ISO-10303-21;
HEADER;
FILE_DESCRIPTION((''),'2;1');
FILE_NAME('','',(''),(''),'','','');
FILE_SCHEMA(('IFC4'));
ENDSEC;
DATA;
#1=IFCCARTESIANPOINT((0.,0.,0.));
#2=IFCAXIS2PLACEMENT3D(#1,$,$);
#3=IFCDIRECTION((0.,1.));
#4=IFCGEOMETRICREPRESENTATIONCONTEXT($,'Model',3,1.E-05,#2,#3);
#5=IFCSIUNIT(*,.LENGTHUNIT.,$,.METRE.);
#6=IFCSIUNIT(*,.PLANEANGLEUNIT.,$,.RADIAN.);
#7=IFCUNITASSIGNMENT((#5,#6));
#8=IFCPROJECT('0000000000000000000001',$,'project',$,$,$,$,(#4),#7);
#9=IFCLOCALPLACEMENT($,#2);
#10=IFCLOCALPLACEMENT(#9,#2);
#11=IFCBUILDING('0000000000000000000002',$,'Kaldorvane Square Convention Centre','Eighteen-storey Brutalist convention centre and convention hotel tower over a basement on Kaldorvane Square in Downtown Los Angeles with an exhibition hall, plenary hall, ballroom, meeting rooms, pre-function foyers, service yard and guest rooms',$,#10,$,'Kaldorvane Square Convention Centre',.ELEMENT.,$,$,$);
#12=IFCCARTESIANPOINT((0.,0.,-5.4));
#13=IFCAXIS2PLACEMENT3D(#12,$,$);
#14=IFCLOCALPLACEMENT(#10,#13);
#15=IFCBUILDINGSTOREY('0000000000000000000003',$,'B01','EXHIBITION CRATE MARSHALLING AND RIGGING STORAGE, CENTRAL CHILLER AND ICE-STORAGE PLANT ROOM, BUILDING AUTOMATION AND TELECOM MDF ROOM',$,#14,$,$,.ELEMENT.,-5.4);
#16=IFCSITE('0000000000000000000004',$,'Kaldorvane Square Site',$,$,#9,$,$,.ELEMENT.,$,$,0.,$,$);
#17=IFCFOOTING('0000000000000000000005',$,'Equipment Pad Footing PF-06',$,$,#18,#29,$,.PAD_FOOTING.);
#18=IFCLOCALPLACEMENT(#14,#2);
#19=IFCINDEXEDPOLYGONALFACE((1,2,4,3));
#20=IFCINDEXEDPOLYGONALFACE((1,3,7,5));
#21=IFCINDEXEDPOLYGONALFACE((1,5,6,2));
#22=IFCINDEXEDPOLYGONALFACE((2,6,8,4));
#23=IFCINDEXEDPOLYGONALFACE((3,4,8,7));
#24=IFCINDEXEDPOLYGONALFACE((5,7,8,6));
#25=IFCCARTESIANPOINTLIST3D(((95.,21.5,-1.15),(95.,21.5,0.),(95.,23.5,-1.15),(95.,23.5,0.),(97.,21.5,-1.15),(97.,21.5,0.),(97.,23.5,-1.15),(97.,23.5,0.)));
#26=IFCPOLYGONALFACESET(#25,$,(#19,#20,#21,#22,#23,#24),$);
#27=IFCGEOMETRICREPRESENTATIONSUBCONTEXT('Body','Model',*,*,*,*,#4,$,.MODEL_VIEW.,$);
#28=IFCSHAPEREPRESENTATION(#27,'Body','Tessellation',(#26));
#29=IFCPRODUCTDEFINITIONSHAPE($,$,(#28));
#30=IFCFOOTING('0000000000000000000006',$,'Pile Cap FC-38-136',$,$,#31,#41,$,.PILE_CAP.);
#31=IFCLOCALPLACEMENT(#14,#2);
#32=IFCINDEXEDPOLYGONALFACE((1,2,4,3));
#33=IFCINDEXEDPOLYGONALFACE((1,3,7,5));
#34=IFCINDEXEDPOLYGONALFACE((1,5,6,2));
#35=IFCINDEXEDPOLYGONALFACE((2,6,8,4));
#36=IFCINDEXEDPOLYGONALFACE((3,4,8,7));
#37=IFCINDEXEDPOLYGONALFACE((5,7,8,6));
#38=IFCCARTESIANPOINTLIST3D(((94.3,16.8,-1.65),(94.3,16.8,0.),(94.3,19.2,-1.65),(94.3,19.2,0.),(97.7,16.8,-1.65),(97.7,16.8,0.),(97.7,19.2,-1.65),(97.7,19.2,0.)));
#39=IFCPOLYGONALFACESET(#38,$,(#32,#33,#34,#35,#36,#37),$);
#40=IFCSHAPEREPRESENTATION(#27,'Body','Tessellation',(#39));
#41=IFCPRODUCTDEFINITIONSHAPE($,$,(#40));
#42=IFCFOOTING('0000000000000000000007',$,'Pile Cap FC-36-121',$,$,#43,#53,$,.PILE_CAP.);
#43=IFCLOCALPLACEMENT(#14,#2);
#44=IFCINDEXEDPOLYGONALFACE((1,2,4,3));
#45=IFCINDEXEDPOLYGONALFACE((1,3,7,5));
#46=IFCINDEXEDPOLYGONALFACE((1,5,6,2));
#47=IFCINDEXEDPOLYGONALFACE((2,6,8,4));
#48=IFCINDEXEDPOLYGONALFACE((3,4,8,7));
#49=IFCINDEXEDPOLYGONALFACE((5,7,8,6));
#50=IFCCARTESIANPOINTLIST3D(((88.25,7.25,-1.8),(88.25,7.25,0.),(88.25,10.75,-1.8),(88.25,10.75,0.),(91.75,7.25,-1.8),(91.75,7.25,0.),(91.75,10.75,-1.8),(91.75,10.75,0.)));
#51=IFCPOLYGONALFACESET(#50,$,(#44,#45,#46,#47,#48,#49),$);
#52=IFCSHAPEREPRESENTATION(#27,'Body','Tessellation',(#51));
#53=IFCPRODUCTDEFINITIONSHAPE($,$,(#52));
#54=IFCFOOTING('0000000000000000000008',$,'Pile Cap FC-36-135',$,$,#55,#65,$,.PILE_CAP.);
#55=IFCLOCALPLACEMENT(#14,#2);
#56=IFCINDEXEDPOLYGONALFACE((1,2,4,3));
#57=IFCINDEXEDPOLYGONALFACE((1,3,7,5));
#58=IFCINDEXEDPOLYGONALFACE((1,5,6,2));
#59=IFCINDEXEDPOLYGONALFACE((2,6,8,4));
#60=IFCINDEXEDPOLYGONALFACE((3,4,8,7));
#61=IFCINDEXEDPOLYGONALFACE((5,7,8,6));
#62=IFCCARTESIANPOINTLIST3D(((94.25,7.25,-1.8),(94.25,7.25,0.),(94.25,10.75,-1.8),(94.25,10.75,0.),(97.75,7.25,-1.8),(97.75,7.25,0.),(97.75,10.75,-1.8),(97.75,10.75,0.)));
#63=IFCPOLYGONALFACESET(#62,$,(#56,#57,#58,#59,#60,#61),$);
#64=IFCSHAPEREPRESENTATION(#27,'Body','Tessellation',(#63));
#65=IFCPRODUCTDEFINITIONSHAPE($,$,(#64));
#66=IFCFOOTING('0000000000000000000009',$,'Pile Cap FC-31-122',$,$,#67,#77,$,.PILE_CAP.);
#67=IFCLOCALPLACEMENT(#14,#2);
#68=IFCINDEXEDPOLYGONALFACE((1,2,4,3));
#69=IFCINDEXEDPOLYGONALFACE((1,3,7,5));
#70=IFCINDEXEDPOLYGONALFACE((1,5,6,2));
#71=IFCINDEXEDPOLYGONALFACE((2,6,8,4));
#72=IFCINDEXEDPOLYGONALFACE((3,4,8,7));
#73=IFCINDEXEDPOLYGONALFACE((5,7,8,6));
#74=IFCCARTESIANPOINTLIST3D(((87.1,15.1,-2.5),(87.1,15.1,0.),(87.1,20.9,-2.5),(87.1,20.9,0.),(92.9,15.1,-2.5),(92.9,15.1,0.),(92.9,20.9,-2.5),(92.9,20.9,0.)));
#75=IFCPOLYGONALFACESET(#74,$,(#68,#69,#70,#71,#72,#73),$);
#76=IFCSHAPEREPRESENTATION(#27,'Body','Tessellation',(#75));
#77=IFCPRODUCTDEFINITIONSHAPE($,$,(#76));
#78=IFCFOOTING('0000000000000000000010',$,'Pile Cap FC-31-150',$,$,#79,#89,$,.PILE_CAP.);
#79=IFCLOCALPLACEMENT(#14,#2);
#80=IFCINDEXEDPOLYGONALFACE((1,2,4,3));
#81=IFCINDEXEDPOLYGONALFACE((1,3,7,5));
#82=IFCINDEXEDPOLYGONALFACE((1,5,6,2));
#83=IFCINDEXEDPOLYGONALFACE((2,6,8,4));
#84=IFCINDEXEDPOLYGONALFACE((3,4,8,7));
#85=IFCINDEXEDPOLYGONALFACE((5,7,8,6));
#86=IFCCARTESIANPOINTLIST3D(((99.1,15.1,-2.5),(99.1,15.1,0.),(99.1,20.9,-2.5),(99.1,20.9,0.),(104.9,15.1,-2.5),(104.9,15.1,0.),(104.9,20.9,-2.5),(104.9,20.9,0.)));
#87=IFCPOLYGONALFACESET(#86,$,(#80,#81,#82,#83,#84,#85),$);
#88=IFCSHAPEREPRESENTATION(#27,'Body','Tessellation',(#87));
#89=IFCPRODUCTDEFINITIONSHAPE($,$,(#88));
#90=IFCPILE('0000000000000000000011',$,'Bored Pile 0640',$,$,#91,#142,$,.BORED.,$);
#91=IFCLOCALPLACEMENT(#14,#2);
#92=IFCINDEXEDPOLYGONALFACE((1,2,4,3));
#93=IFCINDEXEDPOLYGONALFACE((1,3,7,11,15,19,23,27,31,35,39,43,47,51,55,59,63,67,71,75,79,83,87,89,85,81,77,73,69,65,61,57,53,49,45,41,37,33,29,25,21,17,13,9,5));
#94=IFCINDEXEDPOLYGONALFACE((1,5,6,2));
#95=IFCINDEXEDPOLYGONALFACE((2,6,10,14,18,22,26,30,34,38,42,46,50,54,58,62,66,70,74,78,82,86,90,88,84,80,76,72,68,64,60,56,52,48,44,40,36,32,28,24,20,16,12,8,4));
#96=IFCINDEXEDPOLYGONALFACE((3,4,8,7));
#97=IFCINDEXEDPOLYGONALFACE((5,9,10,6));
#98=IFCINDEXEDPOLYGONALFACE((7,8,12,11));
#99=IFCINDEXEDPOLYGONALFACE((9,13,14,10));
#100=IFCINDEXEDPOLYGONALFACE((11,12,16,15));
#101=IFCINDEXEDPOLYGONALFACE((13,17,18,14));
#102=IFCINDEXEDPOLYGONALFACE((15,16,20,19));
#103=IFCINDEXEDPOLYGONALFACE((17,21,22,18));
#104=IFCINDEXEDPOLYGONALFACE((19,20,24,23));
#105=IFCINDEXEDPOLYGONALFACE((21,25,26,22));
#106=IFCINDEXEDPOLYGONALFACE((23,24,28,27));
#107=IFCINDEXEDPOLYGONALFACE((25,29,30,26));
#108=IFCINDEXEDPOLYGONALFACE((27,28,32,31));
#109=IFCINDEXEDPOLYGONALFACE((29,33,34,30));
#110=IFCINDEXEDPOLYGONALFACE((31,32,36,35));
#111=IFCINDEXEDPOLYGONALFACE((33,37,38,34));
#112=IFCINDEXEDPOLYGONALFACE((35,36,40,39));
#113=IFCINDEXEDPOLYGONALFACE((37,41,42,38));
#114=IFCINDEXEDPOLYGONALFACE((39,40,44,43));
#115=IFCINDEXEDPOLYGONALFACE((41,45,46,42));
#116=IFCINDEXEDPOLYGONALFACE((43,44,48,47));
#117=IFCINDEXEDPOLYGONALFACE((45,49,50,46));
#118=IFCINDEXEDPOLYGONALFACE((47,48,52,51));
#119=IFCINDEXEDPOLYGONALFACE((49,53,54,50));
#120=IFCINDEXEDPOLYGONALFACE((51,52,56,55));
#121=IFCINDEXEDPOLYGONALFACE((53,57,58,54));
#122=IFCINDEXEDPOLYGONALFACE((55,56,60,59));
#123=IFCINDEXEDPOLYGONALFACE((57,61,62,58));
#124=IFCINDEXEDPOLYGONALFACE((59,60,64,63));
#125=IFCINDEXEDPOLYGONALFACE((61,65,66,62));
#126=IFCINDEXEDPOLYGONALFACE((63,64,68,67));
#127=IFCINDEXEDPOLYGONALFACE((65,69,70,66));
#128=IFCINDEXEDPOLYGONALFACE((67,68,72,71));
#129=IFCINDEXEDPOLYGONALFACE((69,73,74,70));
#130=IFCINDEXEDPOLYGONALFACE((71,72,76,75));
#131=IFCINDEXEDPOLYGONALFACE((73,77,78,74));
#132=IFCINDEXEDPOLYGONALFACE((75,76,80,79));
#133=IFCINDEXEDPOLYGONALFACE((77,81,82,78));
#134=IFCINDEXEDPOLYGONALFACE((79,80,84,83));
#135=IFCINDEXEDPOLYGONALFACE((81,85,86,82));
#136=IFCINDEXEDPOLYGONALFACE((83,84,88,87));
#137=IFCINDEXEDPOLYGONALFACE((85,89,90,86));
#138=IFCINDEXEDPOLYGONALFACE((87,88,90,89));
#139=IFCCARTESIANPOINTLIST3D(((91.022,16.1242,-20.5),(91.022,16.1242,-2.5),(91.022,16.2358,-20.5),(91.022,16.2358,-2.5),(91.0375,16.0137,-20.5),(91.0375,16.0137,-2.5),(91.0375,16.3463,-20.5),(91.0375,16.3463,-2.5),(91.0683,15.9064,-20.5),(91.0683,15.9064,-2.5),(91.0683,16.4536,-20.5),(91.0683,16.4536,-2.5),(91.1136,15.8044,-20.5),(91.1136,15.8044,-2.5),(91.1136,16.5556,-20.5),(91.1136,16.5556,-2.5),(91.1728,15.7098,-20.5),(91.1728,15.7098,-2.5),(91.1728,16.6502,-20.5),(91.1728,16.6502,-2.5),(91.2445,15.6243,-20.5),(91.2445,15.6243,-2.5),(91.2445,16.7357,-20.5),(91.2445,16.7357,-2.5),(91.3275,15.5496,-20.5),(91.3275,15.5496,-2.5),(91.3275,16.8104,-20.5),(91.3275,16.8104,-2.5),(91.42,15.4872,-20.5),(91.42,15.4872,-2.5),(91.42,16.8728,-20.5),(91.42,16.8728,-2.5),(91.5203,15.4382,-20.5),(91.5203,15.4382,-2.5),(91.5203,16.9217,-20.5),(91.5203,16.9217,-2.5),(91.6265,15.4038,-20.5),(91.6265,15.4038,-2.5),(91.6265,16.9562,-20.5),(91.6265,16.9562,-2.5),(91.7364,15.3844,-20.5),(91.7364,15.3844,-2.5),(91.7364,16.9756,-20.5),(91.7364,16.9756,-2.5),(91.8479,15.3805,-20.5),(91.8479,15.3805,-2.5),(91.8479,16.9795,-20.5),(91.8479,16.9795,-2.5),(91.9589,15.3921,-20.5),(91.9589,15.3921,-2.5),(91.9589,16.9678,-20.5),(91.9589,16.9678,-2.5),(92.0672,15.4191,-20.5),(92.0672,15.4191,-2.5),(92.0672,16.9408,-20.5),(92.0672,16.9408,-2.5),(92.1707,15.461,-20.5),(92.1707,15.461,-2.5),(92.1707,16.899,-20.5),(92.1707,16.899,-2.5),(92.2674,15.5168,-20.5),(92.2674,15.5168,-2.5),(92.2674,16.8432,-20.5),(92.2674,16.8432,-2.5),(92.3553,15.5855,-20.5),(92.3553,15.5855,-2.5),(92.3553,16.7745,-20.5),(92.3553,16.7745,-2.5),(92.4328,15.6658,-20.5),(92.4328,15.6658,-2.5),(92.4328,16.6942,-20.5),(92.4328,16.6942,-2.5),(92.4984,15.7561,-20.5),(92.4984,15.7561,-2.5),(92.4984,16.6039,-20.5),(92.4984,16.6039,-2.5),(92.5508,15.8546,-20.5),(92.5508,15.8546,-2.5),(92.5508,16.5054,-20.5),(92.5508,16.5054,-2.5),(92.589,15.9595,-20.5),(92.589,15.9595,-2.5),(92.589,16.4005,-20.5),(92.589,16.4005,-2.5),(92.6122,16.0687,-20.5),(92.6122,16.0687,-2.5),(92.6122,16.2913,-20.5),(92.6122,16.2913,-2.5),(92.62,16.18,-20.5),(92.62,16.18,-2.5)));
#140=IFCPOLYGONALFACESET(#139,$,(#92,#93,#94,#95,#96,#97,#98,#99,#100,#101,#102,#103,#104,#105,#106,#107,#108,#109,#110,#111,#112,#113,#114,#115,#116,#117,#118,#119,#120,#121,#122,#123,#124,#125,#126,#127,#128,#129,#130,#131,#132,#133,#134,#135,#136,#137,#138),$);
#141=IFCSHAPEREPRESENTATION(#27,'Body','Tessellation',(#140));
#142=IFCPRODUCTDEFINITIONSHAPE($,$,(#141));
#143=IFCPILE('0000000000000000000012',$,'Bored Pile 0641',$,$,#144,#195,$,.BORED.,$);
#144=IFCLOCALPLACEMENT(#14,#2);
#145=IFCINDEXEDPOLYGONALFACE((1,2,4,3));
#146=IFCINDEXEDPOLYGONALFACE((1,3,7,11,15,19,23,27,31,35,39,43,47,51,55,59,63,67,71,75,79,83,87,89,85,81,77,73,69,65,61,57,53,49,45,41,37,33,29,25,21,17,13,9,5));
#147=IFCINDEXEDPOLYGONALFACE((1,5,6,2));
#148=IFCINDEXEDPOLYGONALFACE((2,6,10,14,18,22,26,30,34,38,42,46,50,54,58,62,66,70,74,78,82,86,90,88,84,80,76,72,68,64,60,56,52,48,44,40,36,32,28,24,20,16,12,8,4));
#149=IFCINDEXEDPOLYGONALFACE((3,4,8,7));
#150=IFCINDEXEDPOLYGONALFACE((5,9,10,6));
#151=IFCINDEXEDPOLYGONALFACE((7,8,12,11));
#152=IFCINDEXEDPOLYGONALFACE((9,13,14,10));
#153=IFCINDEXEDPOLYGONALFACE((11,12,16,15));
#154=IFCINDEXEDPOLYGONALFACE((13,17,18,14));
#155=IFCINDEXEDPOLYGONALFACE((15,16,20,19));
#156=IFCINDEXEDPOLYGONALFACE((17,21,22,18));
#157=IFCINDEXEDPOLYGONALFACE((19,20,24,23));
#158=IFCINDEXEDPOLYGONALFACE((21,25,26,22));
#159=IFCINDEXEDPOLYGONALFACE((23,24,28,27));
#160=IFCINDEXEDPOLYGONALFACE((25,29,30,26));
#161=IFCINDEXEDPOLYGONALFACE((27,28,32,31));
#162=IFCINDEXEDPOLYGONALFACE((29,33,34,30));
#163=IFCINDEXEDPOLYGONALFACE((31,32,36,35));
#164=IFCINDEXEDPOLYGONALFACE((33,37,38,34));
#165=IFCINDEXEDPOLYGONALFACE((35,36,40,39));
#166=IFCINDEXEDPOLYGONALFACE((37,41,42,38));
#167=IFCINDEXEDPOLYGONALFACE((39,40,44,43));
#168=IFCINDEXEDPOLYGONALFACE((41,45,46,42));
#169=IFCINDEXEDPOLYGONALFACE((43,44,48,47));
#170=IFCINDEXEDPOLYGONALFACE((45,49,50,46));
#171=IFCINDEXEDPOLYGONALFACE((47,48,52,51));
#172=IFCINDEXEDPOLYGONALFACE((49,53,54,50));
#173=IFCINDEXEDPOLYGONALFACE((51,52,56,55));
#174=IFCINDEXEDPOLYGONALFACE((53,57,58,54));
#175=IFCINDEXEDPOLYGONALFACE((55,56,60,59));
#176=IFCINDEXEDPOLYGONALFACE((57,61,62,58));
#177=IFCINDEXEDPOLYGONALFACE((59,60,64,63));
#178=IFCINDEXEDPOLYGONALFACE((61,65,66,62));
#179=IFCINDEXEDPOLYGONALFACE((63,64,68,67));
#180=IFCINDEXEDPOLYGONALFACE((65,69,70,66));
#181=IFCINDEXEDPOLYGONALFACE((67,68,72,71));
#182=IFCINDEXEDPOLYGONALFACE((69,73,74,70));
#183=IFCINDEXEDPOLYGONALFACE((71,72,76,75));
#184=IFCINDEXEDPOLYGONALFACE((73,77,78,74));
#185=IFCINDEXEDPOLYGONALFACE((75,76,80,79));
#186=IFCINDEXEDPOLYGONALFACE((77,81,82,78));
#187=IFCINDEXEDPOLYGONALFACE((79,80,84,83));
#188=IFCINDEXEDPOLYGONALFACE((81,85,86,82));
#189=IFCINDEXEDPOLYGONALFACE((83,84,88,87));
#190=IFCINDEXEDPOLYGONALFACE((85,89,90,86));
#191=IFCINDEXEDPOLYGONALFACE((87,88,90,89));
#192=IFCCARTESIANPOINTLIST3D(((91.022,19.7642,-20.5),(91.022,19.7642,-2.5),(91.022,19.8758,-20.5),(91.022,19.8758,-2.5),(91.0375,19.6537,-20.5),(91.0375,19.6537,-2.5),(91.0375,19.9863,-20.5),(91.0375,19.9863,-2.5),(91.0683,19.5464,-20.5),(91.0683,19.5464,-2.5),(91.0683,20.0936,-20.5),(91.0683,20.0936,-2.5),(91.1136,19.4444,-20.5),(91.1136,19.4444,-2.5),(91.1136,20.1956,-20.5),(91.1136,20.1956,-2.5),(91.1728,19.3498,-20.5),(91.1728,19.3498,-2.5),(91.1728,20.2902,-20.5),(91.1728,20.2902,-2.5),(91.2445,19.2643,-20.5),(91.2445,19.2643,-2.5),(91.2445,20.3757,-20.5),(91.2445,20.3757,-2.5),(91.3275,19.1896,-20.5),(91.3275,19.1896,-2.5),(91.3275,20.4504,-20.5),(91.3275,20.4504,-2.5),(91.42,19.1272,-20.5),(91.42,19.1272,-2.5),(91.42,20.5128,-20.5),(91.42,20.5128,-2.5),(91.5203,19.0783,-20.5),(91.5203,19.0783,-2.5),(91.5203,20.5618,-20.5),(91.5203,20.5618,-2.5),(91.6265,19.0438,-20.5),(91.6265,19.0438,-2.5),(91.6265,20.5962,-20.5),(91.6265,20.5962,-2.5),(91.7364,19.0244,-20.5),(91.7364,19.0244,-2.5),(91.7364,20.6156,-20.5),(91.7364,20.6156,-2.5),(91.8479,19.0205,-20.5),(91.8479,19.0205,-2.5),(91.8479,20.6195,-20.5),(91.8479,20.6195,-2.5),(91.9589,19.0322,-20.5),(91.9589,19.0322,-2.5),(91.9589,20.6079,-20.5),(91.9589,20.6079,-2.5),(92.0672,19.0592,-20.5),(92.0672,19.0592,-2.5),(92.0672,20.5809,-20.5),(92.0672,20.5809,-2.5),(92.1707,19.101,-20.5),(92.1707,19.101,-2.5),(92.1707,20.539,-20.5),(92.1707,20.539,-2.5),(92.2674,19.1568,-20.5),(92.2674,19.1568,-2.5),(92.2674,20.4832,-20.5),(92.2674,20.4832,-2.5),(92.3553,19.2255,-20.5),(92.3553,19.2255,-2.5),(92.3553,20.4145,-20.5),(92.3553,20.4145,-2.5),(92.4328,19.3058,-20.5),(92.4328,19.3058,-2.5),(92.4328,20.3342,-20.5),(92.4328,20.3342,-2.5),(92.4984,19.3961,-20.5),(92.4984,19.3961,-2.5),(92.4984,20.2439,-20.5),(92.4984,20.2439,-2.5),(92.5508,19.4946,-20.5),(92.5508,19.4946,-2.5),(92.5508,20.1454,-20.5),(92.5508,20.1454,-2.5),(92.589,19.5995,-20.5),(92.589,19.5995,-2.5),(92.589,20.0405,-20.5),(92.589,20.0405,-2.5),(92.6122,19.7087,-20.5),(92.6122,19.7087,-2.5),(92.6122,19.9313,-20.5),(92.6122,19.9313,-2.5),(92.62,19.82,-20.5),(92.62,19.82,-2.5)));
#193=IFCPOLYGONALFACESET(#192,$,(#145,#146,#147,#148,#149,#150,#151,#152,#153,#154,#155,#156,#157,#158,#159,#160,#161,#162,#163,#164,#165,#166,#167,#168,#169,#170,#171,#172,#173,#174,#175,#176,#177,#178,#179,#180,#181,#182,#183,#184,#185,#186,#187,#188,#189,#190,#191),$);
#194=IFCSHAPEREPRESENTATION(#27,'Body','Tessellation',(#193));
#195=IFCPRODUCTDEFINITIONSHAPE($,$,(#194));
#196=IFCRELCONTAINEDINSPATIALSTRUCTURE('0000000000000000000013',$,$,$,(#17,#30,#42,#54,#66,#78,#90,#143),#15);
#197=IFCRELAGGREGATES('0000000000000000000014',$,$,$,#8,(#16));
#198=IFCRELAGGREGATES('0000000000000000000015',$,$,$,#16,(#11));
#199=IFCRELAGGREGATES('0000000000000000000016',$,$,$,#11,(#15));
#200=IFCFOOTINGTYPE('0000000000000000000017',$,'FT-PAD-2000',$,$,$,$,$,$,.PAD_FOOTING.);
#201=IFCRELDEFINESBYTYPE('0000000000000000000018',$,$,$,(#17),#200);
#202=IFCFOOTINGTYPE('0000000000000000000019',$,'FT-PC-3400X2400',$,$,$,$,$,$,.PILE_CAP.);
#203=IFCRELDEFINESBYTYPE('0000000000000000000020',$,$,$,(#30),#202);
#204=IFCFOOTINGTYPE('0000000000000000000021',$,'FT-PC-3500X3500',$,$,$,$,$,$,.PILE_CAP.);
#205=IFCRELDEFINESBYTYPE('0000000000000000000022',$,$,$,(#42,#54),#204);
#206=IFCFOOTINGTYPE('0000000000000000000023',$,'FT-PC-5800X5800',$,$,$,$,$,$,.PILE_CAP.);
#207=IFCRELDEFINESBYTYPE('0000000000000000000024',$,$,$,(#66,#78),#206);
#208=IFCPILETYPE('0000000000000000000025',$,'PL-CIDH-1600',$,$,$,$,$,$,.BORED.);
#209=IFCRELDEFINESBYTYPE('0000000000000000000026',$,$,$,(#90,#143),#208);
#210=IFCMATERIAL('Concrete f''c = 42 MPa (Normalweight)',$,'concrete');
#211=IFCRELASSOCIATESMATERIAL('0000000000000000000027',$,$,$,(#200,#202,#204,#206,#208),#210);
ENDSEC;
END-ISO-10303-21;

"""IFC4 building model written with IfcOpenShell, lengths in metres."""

from ifc_helpers import new_model, si_unit, direction, frame, origin, origin_2d, place, context, subcontext, project, spatial, rectangle, circle, extrude, material, material_profile, profile_set, type_object, element, save


model = new_model("IFC4")

# Units and contexts
model_context = context("Model", 3, precision=1e-05, world=origin(), true_north=direction((0.0, 1.0)))
body_context = subcontext(model_context, "Body", "Model", "MODEL_VIEW")
ifc_project = project(units=[si_unit("LENGTHUNIT", "METRE"), si_unit("PLANEANGLEUNIT", "RADIAN")], contexts=[model_context])

# Site, building, storey
site_placement = place(None, origin())
site = spatial("IfcSite", under=ifc_project, at=site_placement, Name="Kaldorvane Square Site", CompositionType="ELEMENT", RefElevation=0.0)
building_placement = place(site_placement, origin())
building = spatial("IfcBuilding", under=site, at=building_placement, Name="Kaldorvane Square Convention Centre", Description="Eighteen-storey Brutalist convention centre and convention hotel tower over a basement on Kaldorvane Square in Downtown Los Angeles with an exhibition hall, plenary hall, ballroom, meeting rooms, pre-function foyers, service yard and guest rooms", LongName="Kaldorvane Square Convention Centre", CompositionType="ELEMENT")
storey_placement = place(building_placement, frame((0.0, 0.0, -5.4)))
storey = spatial("IfcBuildingStorey", under=building, at=storey_placement, Name="B01", Description="EXHIBITION CRATE MARSHALLING AND RIGGING STORAGE, CENTRAL CHILLER AND ICE-STORAGE PLANT ROOM, BUILDING AUTOMATION AND TELECOM MDF ROOM", CompositionType="ELEMENT", Elevation=-5.4)

# Footings
ifc_material_1 = material(Name="Concrete f'c = 42 MPa (Normalweight)", Category="concrete")
footing_type_1 = type_object("IfcFootingType", Name="FT-PAD-2000", PredefinedType="PAD_FOOTING", material=ifc_material_1)
footing_1_placement = place(storey_placement, frame((96.0, 22.5, -1.15), z_axis=(0.0, 0.0, 1.0), x_axis=(1.0, 0.0, 0.0)))
element("IfcFooting", 1, at=footing_1_placement, inside=storey, type_object=footing_type_1, Name="Equipment Pad Footing PF-06", PredefinedType="PAD_FOOTING", context=body_context, shape_type="SweptSolid", body=[
    extrude(rectangle(XDim=2.0, YDim=2.0, at=origin_2d()), origin(), (0.0, 0.0, 1.0), 1.15),
])
footing_type_2 = type_object("IfcFootingType", Name="FT-PC-3400X2400", PredefinedType="PILE_CAP", material=ifc_material_1)
footing_2_placement = place(storey_placement, frame((96.0, 18.0, -1.65), z_axis=(0.0, 0.0, 1.0), x_axis=(1.0, 0.0, 0.0)))
element("IfcFooting", 2, at=footing_2_placement, inside=storey, type_object=footing_type_2, Name="Pile Cap FC-38-136", PredefinedType="PILE_CAP", context=body_context, shape_type="SweptSolid", body=[
    extrude(rectangle(XDim=3.4, YDim=2.4, at=origin_2d()), origin(), (0.0, 0.0, 1.0), 1.65),
])
footing_type_3 = type_object("IfcFootingType", Name="FT-PC-3500X3500", PredefinedType="PILE_CAP", material=ifc_material_1)
for number, where, z_axis, x_axis, name in (
    (3, (90.0, 9.0, -1.8), (0.0, 0.0, 1.0), (1.0, 0.0, 0.0), "Pile Cap FC-36-121"),
    (4, (96.0, 9.0, -1.8), (0.0, 0.0, 1.0), (1.0, 0.0, 0.0), "Pile Cap FC-36-135"),
):
    element("IfcFooting", number, at=place(storey_placement, frame(where, z_axis=z_axis, x_axis=x_axis)), inside=storey, type_object=footing_type_3, Name=name, PredefinedType="PILE_CAP", context=body_context, shape_type="SweptSolid", body=[
        extrude(rectangle(XDim=3.5, YDim=3.5, at=origin_2d()), origin(), (0.0, 0.0, 1.0), 1.8),
    ])
footing_type_4 = type_object("IfcFootingType", Name="FT-PC-5800X5800", PredefinedType="PILE_CAP", material=ifc_material_1)
for number, where, z_axis, x_axis, name in (
    (5, (90.0, 18.0, -2.5), (0.0, 0.0, 1.0), (1.0, 0.0, 0.0), "Pile Cap FC-31-122"),
    (6, (102.0, 18.0, -2.5), (0.0, 0.0, 1.0), (1.0, 0.0, 0.0), "Pile Cap FC-31-150"),
):
    element("IfcFooting", number, at=place(storey_placement, frame(where, z_axis=z_axis, x_axis=x_axis)), inside=storey, type_object=footing_type_4, Name=name, PredefinedType="PILE_CAP", context=body_context, shape_type="SweptSolid", body=[
        extrude(rectangle(XDim=5.8, YDim=5.8, at=origin_2d()), origin(), (0.0, 0.0, 1.0), 2.5),
    ])

# Piles
ifc_material_profile_1 = material_profile(ifc_material_1, circle(Radius=0.8, at=origin_2d()), Name="PILE-D1600")
ifc_profile_set_1 = profile_set([ifc_material_profile_1], Name="Concrete f'c = 42 MPa (Normalweight)")
pile_type_1 = type_object("IfcPileType", Name="PL-CIDH-1600", PredefinedType="BORED", material=ifc_profile_set_1)
for number, where, z_axis, x_axis, name in (
    (7, (91.82, 16.18, -2.5), (0.0, 0.0, -1.0), (1.0, 0.0, 0.0), "Bored Pile 0640"),
    (8, (91.82, 19.82, -2.5), (0.0, 0.0, -1.0), (1.0, 0.0, 0.0), "Bored Pile 0641"),
):
    element("IfcPile", number, at=place(storey_placement, frame(where, z_axis=z_axis, x_axis=x_axis)), inside=storey, type_object=pile_type_1, Name=name, PredefinedType="BORED", context=body_context, shape_type="SweptSolid", body=[
        extrude(circle(Radius=0.8, at=origin_2d()), origin(), (0.0, 0.0, 1.0), 18.0),
    ])

save(model, "model.ifc")
